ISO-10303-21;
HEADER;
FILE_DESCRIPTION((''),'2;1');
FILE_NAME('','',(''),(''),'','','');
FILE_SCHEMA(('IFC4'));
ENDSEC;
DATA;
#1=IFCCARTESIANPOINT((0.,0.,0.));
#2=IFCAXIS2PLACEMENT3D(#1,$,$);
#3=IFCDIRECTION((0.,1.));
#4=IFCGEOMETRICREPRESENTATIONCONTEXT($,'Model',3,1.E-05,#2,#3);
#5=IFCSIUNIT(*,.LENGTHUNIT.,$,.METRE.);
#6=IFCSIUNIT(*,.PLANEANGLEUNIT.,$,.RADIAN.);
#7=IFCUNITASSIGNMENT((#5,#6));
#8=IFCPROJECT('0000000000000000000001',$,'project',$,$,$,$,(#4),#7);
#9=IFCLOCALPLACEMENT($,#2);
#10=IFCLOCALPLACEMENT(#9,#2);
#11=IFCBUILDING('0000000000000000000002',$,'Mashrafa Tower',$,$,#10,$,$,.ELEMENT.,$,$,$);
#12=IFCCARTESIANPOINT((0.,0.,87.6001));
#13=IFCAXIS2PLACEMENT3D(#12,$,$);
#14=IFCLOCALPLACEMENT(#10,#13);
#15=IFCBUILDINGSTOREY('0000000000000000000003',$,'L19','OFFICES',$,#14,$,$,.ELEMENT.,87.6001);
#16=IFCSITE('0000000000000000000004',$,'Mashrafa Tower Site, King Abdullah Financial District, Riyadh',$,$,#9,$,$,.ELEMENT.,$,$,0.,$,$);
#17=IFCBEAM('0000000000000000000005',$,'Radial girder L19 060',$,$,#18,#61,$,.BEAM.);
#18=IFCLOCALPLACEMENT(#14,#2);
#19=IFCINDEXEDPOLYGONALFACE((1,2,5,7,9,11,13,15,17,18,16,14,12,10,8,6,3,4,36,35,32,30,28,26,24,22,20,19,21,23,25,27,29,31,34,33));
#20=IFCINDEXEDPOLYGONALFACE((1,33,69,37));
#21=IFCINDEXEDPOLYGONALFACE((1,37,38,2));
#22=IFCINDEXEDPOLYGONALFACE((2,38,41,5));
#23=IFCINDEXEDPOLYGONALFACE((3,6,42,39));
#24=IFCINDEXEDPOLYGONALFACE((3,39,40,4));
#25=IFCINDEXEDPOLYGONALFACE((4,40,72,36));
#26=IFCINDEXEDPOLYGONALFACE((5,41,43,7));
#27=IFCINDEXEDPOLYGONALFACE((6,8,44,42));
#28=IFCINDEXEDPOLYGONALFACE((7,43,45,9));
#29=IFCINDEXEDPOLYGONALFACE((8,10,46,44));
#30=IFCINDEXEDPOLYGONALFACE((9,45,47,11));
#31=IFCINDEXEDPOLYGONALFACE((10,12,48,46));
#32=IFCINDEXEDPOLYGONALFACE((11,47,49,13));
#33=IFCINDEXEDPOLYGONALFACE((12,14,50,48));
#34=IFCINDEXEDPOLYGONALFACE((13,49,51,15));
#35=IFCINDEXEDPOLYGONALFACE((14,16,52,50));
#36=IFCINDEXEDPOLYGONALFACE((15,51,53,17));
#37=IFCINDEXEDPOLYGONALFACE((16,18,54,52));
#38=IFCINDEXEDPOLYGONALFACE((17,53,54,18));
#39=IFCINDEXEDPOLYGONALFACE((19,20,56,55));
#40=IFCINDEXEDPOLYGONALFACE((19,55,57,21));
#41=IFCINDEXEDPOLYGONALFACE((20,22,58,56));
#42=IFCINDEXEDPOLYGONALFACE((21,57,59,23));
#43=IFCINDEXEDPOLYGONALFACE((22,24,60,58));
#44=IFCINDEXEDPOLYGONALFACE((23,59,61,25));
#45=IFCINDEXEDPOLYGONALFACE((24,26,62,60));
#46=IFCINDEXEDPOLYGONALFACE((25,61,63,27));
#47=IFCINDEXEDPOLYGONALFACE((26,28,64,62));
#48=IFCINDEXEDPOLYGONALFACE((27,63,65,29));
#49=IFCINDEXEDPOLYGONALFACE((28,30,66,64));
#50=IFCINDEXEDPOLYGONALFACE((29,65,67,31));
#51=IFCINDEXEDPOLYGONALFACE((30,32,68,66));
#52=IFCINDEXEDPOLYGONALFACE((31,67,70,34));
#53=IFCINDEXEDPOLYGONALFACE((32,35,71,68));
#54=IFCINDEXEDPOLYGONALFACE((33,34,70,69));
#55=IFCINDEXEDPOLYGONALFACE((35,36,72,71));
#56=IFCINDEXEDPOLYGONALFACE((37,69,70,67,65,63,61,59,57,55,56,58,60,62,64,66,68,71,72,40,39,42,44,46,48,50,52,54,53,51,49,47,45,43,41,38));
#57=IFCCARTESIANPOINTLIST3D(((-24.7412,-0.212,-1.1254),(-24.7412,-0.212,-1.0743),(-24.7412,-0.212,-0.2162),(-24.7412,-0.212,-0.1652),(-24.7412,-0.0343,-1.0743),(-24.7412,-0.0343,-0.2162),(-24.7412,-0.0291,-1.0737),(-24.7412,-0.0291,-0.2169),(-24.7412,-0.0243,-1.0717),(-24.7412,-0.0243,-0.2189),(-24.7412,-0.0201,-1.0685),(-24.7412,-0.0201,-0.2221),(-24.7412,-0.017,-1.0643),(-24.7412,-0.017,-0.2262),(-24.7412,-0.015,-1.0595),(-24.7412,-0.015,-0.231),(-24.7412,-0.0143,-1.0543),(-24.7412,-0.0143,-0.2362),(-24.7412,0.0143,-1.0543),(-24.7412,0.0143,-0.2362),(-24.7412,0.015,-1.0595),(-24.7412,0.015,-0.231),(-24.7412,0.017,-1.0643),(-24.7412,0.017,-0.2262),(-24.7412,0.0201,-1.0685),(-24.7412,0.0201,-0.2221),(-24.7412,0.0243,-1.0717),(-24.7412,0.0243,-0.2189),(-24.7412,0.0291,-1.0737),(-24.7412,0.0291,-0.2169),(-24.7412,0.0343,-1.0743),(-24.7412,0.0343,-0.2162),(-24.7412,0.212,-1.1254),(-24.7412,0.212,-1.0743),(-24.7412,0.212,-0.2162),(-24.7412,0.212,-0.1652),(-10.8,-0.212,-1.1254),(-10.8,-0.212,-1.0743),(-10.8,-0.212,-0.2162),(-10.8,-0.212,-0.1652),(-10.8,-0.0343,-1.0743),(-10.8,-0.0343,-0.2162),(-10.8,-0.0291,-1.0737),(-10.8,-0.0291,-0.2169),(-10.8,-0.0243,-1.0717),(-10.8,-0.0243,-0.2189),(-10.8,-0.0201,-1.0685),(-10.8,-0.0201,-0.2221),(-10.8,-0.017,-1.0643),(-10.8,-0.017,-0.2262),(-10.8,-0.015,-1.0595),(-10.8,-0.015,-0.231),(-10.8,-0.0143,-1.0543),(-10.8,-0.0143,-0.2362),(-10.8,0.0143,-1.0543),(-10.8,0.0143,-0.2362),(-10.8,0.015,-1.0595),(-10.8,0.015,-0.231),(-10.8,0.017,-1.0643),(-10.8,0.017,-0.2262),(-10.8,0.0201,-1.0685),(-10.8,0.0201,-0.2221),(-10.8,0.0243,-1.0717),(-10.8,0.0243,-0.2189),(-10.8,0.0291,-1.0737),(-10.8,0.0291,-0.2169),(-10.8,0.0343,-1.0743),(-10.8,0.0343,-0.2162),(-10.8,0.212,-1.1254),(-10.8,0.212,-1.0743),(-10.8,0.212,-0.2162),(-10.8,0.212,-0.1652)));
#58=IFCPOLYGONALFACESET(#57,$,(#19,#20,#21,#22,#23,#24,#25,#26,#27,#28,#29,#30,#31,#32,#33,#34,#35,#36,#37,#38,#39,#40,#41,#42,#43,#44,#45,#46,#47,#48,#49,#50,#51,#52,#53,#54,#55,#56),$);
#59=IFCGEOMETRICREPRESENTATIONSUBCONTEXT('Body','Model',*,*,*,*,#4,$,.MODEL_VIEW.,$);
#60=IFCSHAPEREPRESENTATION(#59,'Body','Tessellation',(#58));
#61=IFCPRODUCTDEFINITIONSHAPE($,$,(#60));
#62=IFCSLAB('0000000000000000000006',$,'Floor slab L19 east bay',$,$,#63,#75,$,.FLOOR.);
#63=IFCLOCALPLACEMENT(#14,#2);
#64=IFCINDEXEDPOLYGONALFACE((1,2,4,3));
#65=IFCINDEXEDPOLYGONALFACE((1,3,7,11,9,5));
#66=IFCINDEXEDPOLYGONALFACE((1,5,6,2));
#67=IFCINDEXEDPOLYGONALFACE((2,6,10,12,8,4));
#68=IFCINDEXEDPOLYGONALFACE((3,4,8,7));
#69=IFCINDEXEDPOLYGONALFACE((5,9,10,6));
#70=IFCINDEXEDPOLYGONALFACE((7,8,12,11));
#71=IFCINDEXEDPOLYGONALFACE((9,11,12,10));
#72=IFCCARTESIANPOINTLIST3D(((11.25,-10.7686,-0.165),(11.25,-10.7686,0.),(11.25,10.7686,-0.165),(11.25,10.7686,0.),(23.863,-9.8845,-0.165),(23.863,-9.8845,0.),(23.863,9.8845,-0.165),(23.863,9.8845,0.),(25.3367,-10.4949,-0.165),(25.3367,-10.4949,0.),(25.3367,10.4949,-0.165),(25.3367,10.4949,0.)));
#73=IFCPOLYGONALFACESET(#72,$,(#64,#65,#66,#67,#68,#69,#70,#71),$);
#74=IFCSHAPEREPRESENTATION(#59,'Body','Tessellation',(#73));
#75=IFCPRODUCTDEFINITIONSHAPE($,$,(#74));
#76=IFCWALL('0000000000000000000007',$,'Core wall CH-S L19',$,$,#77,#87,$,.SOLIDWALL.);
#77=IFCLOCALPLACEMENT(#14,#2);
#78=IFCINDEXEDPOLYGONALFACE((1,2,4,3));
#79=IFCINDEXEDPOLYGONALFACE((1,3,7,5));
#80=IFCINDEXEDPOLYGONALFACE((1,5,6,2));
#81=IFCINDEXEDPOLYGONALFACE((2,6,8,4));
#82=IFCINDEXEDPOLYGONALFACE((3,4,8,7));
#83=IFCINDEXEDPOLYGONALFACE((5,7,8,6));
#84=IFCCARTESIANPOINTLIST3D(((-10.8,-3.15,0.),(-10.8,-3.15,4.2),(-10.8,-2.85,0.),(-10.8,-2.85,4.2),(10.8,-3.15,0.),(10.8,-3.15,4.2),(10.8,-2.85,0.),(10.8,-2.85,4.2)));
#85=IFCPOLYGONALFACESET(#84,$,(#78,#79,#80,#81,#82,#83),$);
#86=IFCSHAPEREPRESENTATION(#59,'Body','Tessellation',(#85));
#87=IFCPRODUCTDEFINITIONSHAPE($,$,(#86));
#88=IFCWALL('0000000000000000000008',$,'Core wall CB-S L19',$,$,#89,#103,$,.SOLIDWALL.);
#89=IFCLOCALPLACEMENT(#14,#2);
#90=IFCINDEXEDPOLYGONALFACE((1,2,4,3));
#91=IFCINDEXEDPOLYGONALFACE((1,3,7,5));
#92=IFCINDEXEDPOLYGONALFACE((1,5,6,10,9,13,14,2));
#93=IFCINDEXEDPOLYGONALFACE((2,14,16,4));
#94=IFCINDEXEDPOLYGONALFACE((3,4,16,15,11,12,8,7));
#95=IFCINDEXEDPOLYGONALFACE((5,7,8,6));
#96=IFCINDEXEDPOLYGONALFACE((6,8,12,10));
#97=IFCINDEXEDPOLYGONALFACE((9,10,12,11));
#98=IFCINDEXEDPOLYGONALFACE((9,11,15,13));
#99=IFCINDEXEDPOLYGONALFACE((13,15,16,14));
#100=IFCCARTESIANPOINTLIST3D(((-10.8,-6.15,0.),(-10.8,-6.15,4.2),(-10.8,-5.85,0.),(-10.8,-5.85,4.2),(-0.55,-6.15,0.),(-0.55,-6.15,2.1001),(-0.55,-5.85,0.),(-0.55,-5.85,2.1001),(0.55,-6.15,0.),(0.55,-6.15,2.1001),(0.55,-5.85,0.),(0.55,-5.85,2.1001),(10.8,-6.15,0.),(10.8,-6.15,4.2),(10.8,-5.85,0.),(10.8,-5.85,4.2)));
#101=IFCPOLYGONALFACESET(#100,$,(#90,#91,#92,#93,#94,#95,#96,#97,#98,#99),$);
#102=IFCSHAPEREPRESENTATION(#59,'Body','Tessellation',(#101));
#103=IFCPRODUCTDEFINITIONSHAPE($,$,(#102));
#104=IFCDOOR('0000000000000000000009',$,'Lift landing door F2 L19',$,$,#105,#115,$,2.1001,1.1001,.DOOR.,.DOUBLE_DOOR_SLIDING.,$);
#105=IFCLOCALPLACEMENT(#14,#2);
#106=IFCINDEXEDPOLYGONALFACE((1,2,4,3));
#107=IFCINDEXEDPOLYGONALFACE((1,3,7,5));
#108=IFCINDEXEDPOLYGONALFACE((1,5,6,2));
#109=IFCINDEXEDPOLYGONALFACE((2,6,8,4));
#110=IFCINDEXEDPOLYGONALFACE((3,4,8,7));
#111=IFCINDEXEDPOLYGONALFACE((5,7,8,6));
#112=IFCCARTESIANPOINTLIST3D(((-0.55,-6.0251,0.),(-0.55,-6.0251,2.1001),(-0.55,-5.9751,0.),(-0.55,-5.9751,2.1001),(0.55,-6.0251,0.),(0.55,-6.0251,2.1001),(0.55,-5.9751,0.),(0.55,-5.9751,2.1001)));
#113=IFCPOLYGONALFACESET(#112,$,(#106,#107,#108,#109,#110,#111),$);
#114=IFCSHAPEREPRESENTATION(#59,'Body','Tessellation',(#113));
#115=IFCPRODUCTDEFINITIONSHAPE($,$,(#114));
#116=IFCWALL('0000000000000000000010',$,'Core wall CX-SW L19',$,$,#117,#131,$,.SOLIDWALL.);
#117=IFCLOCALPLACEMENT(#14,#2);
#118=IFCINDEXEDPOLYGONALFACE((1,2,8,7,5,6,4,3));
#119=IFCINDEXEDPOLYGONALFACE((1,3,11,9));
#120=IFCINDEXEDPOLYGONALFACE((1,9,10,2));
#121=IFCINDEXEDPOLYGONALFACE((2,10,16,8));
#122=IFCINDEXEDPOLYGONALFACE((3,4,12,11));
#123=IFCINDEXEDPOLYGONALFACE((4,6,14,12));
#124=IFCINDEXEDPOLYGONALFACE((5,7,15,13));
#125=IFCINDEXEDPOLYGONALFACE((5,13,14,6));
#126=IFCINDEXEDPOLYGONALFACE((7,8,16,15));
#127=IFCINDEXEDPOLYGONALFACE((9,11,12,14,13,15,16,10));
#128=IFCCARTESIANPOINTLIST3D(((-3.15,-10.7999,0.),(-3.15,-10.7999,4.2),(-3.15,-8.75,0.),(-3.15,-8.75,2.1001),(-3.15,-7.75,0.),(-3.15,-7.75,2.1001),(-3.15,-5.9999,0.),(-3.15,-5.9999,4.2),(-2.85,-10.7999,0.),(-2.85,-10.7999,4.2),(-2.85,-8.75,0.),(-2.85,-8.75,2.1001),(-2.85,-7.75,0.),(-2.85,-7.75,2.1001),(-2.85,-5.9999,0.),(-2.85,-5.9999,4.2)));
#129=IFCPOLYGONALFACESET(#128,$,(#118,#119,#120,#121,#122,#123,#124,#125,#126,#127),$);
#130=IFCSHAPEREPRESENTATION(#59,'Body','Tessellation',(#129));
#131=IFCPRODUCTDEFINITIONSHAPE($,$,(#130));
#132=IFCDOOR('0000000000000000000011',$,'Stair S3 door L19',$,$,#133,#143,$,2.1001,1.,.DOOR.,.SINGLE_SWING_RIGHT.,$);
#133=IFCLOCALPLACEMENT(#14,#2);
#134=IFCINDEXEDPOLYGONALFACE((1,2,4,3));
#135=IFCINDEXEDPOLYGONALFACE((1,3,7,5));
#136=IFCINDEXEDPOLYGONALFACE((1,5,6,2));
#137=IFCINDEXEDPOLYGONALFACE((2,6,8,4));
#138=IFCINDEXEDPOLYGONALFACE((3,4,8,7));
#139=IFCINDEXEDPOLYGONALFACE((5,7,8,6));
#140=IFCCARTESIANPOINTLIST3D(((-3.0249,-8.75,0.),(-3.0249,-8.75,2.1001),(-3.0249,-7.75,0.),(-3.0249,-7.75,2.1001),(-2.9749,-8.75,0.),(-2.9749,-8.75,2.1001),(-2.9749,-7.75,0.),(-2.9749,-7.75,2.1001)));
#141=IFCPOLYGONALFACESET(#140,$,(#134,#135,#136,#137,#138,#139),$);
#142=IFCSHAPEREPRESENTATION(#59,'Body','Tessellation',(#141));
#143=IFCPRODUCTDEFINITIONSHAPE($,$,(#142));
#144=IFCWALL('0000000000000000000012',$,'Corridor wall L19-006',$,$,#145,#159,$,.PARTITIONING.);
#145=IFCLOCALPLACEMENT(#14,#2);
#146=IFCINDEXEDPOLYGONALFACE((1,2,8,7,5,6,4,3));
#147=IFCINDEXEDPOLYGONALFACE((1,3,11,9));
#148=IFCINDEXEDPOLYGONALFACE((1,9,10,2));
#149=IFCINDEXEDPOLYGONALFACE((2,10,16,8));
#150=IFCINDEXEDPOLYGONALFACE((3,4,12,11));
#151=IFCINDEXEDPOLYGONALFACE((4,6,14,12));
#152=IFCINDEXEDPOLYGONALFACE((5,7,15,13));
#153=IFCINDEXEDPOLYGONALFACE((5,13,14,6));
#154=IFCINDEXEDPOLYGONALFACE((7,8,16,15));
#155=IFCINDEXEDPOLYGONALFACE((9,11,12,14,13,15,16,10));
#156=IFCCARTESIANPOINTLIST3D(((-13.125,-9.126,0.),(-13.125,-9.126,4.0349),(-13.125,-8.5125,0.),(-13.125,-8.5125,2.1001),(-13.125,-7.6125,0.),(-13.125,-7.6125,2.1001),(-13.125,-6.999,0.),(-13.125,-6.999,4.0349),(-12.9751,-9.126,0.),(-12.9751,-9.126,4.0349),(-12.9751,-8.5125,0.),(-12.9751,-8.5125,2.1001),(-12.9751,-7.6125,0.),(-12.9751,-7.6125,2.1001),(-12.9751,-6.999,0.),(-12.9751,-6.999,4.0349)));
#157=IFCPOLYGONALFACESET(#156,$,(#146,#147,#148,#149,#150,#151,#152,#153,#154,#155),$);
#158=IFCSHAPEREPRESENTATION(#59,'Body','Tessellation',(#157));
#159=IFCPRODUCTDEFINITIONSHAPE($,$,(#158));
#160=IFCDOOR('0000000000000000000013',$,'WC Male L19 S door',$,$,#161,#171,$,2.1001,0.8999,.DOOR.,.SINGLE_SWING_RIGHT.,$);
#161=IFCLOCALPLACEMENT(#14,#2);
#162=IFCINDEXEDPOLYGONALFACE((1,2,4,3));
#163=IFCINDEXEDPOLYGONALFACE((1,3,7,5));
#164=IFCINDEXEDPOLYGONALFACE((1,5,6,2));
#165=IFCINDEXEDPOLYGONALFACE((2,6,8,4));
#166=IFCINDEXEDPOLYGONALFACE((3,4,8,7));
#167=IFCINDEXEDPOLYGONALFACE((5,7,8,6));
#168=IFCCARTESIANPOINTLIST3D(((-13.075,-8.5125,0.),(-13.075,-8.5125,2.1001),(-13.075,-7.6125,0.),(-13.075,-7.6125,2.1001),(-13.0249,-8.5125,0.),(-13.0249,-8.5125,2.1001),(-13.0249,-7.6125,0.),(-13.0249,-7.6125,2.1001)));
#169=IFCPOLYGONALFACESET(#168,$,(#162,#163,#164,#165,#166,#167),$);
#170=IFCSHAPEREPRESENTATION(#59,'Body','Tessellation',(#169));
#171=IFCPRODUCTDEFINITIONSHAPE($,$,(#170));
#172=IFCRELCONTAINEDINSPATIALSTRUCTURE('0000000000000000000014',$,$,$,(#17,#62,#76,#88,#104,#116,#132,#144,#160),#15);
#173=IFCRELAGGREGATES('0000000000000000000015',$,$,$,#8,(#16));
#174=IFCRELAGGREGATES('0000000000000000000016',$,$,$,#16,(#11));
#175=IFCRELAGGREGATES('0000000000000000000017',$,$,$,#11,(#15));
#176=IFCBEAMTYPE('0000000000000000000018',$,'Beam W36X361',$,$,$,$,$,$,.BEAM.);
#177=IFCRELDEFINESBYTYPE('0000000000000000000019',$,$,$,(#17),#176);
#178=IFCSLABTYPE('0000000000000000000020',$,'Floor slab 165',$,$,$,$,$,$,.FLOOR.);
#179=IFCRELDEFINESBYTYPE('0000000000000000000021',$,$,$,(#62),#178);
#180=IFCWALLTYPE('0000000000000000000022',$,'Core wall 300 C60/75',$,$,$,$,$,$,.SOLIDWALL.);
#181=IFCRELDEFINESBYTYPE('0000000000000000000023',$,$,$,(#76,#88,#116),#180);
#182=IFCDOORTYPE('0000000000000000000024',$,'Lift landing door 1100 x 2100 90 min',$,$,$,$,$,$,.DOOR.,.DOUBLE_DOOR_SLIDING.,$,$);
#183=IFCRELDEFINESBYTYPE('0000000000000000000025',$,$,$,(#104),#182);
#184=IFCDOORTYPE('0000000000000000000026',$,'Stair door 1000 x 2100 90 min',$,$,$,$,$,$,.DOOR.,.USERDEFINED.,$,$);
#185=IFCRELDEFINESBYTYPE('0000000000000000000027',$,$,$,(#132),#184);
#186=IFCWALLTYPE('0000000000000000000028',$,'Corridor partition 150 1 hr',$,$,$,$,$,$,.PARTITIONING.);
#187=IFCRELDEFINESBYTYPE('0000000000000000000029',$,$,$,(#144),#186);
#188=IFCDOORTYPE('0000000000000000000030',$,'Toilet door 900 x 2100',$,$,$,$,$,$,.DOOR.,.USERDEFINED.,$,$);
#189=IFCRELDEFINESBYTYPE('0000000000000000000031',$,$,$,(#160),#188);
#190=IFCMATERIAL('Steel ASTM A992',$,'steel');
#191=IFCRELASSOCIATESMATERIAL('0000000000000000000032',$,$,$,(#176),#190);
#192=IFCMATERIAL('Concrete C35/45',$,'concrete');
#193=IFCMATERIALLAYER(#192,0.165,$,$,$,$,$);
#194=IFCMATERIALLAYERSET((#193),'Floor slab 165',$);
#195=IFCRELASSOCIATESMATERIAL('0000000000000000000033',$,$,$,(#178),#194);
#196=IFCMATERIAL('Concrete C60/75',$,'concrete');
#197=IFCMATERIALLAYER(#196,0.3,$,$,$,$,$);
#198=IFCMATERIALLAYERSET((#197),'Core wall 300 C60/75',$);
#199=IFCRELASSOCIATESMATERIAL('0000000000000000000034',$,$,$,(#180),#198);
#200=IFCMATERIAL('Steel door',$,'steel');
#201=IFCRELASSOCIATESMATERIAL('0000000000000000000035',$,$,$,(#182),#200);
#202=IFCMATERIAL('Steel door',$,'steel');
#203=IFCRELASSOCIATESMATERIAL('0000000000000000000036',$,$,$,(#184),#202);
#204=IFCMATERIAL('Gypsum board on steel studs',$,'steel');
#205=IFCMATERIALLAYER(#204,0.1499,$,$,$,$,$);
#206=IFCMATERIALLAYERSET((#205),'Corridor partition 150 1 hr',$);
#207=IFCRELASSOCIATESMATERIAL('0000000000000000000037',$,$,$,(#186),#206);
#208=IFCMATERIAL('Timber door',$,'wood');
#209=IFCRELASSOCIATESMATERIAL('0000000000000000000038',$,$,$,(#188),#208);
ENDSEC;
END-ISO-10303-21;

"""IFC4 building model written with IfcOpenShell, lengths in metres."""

from ifc_helpers import new_model, si_unit, direction, frame, frame_2d, origin, origin_2d, place, context, subcontext, project, spatial, polyline, rectangle, i_section, outline, extrude, material, layer, layer_set, material_profile, profile_set, type_object, element, fill, save


model = new_model("IFC4")

# Units and contexts
model_context = context("Model", 3, precision=1e-05, world=origin(), true_north=direction((0.0, 1.0)))
body_context = subcontext(model_context, "Body", "Model", "MODEL_VIEW")
ifc_project = project(units=[si_unit("LENGTHUNIT", "METRE"), si_unit("PLANEANGLEUNIT", "RADIAN")], contexts=[model_context])

# Site, building, storey
site_placement = place(None, origin())
site = spatial("IfcSite", under=ifc_project, at=site_placement, Name="Mashrafa Tower Site, King Abdullah Financial District, Riyadh", CompositionType="ELEMENT", RefElevation=0.0)
building_placement = place(site_placement, origin())
building = spatial("IfcBuilding", under=site, at=building_placement, Name="Mashrafa Tower", CompositionType="ELEMENT")
storey_placement = place(building_placement, frame((0.0, 0.0, 87.6001)))
storey = spatial("IfcBuildingStorey", under=building, at=storey_placement, Name="L19", Description="OFFICES", CompositionType="ELEMENT", Elevation=87.6001)

# Beam
ifc_material_1 = material(Name="Steel ASTM A992", Category="steel")
ifc_material_profile = material_profile(ifc_material_1, i_section(OverallWidth=0.4241, OverallDepth=0.9602, WebThickness=0.0286, FlangeThickness=0.051, FilletRadius=0.02, at=origin_2d()), Name="W36X361")
ifc_profile_set = profile_set([ifc_material_profile], Name="Steel ASTM A992")
beam_type = type_object("IfcBeamType", Name="Beam W36X361", PredefinedType="BEAM", material=ifc_profile_set)
beam_placement = place(storey_placement, frame((-10.8, 0.0, -0.6453), z_axis=(-1.0, 0.0, 0.0), x_axis=(0.0, -1.0, 0.0)))
element("IfcBeam", 1, at=beam_placement, inside=storey, type_object=beam_type, Name="Radial girder L19 060", PredefinedType="BEAM", context=body_context, shape_type="SweptSolid", body=[
    extrude(i_section(OverallWidth=0.4241, OverallDepth=0.9602, WebThickness=0.0286, FlangeThickness=0.051, FilletRadius=0.02, at=origin_2d()), origin(), (0.0, 0.0, 1.0), 13.9412),
])

# Slab
ifc_material_2 = material(Name="Concrete C35/45", Category="concrete")
ifc_layer_1 = layer(ifc_material_2, 0.165)
ifc_layer_set_1 = layer_set([ifc_layer_1], Name="Floor slab 165")
slab_type = type_object("IfcSlabType", Name="Floor slab 165", PredefinedType="FLOOR", material=ifc_layer_set_1)
slab_placement = place(storey_placement, frame((0.0, 0.0, -0.165)))
element("IfcSlab", 2, at=slab_placement, inside=storey, type_object=slab_type, Name="Floor slab L19 east bay", PredefinedType="FLOOR", context=body_context, shape_type="SweptSolid", body=[
    extrude(outline(polyline([(25.3367, -10.4949), (23.863, -9.8845), (11.25, -10.7686), (11.25, 10.7686), (23.863, 9.8845), (25.3367, 10.4949), (25.3367, -10.4949)])), origin(), (0.0, 0.0, 1.0), 0.165),
])

# Wall
ifc_material_3 = material(Name="Concrete C60/75", Category="concrete")
ifc_layer_2 = layer(ifc_material_3, 0.3)
ifc_layer_set_2 = layer_set([ifc_layer_2], Name="Core wall 300 C60/75")
wall_type_1 = type_object("IfcWallType", Name="Core wall 300 C60/75", PredefinedType="SOLIDWALL", material=ifc_layer_set_2)
wall_1_placement = place(storey_placement, frame((-10.8, -3.0, 0.0), z_axis=(0.0, 0.0, 1.0), x_axis=(1.0, 0.0, 0.0)))
element("IfcWall", 3, at=wall_1_placement, inside=storey, type_object=wall_type_1, Name="Core wall CH-S L19", PredefinedType="SOLIDWALL", context=body_context, shape_type="SweptSolid", body=[
    extrude(rectangle(XDim=21.6001, YDim=0.3, at=frame_2d((10.8, 0.0))), origin(), (0.0, 0.0, 1.0), 4.2),
])

# Walls, openings, doors
wall_2_placement = place(storey_placement, frame((-10.8, -6.0, 0.0), z_axis=(0.0, 0.0, 1.0), x_axis=(1.0, 0.0, 0.0)))
wall_2 = element("IfcWall", 4, at=wall_2_placement, inside=storey, type_object=wall_type_1, Name="Core wall CB-S L19", PredefinedType="SOLIDWALL", context=body_context, shape_type="SweptSolid", body=[
    extrude(rectangle(XDim=21.6001, YDim=0.3, at=frame_2d((10.8, 0.0))), origin(), (0.0, 0.0, 1.0), 4.2),
])
opening_1_placement = place(wall_2_placement, frame((10.25, 0.0, 0.0)))
opening_1 = element("IfcOpeningElement", 5, at=opening_1_placement, cuts=wall_2, PredefinedType="OPENING", context=body_context, shape_type="SweptSolid", body=[
    extrude(rectangle(XDim=1.1001, YDim=2.1001, at=frame_2d((0.55, 1.05))), frame((0.0, 0.1599, 0.0), z_axis=(0.0, -1.0, 0.0), x_axis=(1.0, 0.0, 0.0)), (0.0, 0.0, 1.0), 0.3201),
])
ifc_material_4 = material(Name="Steel door", Category="steel")
door_type_1 = type_object("IfcDoorType", Name="Lift landing door 1100 x 2100 90 min", OperationType="DOUBLE_DOOR_SLIDING", PredefinedType="DOOR", material=ifc_material_4)
door_1_placement = place(opening_1_placement, origin())
door_1 = element("IfcDoor", 6, at=door_1_placement, inside=storey, type_object=door_type_1, Name="Lift landing door F2 L19", OperationType="DOUBLE_DOOR_SLIDING", OverallHeight=2.1001, OverallWidth=1.1001, PredefinedType="DOOR", context=body_context, shape_type="SweptSolid", body=[
    extrude(rectangle(XDim=1.1001, YDim=2.1001, at=frame_2d((0.55, 1.05))), frame((0.0, 0.0249, 0.0), z_axis=(0.0, -1.0, 0.0), x_axis=(1.0, 0.0, 0.0)), (0.0, 0.0, 1.0), 0.05),
])
fill(opening_1, door_1)
wall_3_placement = place(storey_placement, frame((-3.0, -6.0, 0.0), z_axis=(0.0, 0.0, 1.0), x_axis=(0.0, -1.0, 0.0)))
wall_3 = element("IfcWall", 7, at=wall_3_placement, inside=storey, type_object=wall_type_1, Name="Core wall CX-SW L19", PredefinedType="SOLIDWALL", context=body_context, shape_type="SweptSolid", body=[
    extrude(rectangle(XDim=4.8, YDim=0.3, at=frame_2d((2.3999, 0.0))), origin(), (0.0, 0.0, 1.0), 4.2),
])
opening_2_placement = place(wall_3_placement, frame((1.75, 0.0, 0.0)))
opening_2 = element("IfcOpeningElement", 8, at=opening_2_placement, cuts=wall_3, PredefinedType="OPENING", context=body_context, shape_type="SweptSolid", body=[
    extrude(rectangle(XDim=1.0, YDim=2.1001, at=frame_2d((0.5, 1.05))), frame((0.0, 0.1599, 0.0), z_axis=(0.0, -1.0, 0.0), x_axis=(1.0, 0.0, 0.0)), (0.0, 0.0, 1.0), 0.3201),
])
ifc_material_5 = material(Name="Steel door", Category="steel")
door_type_2 = type_object("IfcDoorType", Name="Stair door 1000 x 2100 90 min", OperationType="USERDEFINED", PredefinedType="DOOR", material=ifc_material_5)
door_2_placement = place(opening_2_placement, frame((1.0, 0.0, 0.0), z_axis=(0.0, 0.0, 1.0), x_axis=(-1.0, 0.0, 0.0)))
door_2 = element("IfcDoor", 9, at=door_2_placement, inside=storey, type_object=door_type_2, Name="Stair S3 door L19", OperationType="SINGLE_SWING_RIGHT", OverallHeight=2.1001, OverallWidth=1.0, PredefinedType="DOOR", context=body_context, shape_type="SweptSolid", body=[
    extrude(rectangle(XDim=1.0, YDim=2.1001, at=frame_2d((0.5, 1.05))), frame((0.0, 0.0249, 0.0), z_axis=(0.0, -1.0, 0.0), x_axis=(1.0, 0.0, 0.0)), (0.0, 0.0, 1.0), 0.05),
])
fill(opening_2, door_2)
ifc_material_6 = material(Name="Gypsum board on steel studs", Category="steel")
ifc_layer_3 = layer(ifc_material_6, 0.1499)
ifc_layer_set_3 = layer_set([ifc_layer_3], Name="Corridor partition 150 1 hr")
wall_type_2 = type_object("IfcWallType", Name="Corridor partition 150 1 hr", PredefinedType="PARTITIONING", material=ifc_layer_set_3)
wall_4_placement = place(storey_placement, frame((-13.05, -6.999, 0.0), z_axis=(0.0, 0.0, 1.0), x_axis=(0.0, -1.0, 0.0)))
wall_4 = element("IfcWall", 10, at=wall_4_placement, inside=storey, type_object=wall_type_2, Name="Corridor wall L19-006", PredefinedType="PARTITIONING", context=body_context, shape_type="SweptSolid", body=[
    extrude(rectangle(XDim=2.127, YDim=0.1499, at=frame_2d((1.0635, 0.0))), origin(), (0.0, 0.0, 1.0), 4.0349),
])
opening_3_placement = place(wall_4_placement, frame((0.6135, 0.0, 0.0)))
opening_3 = element("IfcOpeningElement", 11, at=opening_3_placement, cuts=wall_4, PredefinedType="OPENING", context=body_context, shape_type="SweptSolid", body=[
    extrude(rectangle(XDim=0.8999, YDim=2.1001, at=frame_2d((0.45, 1.05))), frame((0.0, 0.085, 0.0), z_axis=(0.0, -1.0, 0.0), x_axis=(1.0, 0.0, 0.0)), (0.0, 0.0, 1.0), 0.1699),
])
ifc_material_7 = material(Name="Timber door", Category="wood")
door_type_3 = type_object("IfcDoorType", Name="Toilet door 900 x 2100", OperationType="USERDEFINED", PredefinedType="DOOR", material=ifc_material_7)
door_3_placement = place(opening_3_placement, frame((0.8999, 0.0, 0.0), z_axis=(0.0, 0.0, 1.0), x_axis=(-1.0, 0.0, 0.0)))
door_3 = element("IfcDoor", 12, at=door_3_placement, inside=storey, type_object=door_type_3, Name="WC Male L19 S door", OperationType="SINGLE_SWING_RIGHT", OverallHeight=2.1001, OverallWidth=0.8999, PredefinedType="DOOR", context=body_context, shape_type="SweptSolid", body=[
    extrude(rectangle(XDim=0.8999, YDim=2.1001, at=frame_2d((0.45, 1.05))), frame((0.0, 0.0249, 0.0), z_axis=(0.0, -1.0, 0.0), x_axis=(1.0, 0.0, 0.0)), (0.0, 0.0, 1.0), 0.05),
])
fill(opening_3, door_3)

save(model, "model.ifc")
